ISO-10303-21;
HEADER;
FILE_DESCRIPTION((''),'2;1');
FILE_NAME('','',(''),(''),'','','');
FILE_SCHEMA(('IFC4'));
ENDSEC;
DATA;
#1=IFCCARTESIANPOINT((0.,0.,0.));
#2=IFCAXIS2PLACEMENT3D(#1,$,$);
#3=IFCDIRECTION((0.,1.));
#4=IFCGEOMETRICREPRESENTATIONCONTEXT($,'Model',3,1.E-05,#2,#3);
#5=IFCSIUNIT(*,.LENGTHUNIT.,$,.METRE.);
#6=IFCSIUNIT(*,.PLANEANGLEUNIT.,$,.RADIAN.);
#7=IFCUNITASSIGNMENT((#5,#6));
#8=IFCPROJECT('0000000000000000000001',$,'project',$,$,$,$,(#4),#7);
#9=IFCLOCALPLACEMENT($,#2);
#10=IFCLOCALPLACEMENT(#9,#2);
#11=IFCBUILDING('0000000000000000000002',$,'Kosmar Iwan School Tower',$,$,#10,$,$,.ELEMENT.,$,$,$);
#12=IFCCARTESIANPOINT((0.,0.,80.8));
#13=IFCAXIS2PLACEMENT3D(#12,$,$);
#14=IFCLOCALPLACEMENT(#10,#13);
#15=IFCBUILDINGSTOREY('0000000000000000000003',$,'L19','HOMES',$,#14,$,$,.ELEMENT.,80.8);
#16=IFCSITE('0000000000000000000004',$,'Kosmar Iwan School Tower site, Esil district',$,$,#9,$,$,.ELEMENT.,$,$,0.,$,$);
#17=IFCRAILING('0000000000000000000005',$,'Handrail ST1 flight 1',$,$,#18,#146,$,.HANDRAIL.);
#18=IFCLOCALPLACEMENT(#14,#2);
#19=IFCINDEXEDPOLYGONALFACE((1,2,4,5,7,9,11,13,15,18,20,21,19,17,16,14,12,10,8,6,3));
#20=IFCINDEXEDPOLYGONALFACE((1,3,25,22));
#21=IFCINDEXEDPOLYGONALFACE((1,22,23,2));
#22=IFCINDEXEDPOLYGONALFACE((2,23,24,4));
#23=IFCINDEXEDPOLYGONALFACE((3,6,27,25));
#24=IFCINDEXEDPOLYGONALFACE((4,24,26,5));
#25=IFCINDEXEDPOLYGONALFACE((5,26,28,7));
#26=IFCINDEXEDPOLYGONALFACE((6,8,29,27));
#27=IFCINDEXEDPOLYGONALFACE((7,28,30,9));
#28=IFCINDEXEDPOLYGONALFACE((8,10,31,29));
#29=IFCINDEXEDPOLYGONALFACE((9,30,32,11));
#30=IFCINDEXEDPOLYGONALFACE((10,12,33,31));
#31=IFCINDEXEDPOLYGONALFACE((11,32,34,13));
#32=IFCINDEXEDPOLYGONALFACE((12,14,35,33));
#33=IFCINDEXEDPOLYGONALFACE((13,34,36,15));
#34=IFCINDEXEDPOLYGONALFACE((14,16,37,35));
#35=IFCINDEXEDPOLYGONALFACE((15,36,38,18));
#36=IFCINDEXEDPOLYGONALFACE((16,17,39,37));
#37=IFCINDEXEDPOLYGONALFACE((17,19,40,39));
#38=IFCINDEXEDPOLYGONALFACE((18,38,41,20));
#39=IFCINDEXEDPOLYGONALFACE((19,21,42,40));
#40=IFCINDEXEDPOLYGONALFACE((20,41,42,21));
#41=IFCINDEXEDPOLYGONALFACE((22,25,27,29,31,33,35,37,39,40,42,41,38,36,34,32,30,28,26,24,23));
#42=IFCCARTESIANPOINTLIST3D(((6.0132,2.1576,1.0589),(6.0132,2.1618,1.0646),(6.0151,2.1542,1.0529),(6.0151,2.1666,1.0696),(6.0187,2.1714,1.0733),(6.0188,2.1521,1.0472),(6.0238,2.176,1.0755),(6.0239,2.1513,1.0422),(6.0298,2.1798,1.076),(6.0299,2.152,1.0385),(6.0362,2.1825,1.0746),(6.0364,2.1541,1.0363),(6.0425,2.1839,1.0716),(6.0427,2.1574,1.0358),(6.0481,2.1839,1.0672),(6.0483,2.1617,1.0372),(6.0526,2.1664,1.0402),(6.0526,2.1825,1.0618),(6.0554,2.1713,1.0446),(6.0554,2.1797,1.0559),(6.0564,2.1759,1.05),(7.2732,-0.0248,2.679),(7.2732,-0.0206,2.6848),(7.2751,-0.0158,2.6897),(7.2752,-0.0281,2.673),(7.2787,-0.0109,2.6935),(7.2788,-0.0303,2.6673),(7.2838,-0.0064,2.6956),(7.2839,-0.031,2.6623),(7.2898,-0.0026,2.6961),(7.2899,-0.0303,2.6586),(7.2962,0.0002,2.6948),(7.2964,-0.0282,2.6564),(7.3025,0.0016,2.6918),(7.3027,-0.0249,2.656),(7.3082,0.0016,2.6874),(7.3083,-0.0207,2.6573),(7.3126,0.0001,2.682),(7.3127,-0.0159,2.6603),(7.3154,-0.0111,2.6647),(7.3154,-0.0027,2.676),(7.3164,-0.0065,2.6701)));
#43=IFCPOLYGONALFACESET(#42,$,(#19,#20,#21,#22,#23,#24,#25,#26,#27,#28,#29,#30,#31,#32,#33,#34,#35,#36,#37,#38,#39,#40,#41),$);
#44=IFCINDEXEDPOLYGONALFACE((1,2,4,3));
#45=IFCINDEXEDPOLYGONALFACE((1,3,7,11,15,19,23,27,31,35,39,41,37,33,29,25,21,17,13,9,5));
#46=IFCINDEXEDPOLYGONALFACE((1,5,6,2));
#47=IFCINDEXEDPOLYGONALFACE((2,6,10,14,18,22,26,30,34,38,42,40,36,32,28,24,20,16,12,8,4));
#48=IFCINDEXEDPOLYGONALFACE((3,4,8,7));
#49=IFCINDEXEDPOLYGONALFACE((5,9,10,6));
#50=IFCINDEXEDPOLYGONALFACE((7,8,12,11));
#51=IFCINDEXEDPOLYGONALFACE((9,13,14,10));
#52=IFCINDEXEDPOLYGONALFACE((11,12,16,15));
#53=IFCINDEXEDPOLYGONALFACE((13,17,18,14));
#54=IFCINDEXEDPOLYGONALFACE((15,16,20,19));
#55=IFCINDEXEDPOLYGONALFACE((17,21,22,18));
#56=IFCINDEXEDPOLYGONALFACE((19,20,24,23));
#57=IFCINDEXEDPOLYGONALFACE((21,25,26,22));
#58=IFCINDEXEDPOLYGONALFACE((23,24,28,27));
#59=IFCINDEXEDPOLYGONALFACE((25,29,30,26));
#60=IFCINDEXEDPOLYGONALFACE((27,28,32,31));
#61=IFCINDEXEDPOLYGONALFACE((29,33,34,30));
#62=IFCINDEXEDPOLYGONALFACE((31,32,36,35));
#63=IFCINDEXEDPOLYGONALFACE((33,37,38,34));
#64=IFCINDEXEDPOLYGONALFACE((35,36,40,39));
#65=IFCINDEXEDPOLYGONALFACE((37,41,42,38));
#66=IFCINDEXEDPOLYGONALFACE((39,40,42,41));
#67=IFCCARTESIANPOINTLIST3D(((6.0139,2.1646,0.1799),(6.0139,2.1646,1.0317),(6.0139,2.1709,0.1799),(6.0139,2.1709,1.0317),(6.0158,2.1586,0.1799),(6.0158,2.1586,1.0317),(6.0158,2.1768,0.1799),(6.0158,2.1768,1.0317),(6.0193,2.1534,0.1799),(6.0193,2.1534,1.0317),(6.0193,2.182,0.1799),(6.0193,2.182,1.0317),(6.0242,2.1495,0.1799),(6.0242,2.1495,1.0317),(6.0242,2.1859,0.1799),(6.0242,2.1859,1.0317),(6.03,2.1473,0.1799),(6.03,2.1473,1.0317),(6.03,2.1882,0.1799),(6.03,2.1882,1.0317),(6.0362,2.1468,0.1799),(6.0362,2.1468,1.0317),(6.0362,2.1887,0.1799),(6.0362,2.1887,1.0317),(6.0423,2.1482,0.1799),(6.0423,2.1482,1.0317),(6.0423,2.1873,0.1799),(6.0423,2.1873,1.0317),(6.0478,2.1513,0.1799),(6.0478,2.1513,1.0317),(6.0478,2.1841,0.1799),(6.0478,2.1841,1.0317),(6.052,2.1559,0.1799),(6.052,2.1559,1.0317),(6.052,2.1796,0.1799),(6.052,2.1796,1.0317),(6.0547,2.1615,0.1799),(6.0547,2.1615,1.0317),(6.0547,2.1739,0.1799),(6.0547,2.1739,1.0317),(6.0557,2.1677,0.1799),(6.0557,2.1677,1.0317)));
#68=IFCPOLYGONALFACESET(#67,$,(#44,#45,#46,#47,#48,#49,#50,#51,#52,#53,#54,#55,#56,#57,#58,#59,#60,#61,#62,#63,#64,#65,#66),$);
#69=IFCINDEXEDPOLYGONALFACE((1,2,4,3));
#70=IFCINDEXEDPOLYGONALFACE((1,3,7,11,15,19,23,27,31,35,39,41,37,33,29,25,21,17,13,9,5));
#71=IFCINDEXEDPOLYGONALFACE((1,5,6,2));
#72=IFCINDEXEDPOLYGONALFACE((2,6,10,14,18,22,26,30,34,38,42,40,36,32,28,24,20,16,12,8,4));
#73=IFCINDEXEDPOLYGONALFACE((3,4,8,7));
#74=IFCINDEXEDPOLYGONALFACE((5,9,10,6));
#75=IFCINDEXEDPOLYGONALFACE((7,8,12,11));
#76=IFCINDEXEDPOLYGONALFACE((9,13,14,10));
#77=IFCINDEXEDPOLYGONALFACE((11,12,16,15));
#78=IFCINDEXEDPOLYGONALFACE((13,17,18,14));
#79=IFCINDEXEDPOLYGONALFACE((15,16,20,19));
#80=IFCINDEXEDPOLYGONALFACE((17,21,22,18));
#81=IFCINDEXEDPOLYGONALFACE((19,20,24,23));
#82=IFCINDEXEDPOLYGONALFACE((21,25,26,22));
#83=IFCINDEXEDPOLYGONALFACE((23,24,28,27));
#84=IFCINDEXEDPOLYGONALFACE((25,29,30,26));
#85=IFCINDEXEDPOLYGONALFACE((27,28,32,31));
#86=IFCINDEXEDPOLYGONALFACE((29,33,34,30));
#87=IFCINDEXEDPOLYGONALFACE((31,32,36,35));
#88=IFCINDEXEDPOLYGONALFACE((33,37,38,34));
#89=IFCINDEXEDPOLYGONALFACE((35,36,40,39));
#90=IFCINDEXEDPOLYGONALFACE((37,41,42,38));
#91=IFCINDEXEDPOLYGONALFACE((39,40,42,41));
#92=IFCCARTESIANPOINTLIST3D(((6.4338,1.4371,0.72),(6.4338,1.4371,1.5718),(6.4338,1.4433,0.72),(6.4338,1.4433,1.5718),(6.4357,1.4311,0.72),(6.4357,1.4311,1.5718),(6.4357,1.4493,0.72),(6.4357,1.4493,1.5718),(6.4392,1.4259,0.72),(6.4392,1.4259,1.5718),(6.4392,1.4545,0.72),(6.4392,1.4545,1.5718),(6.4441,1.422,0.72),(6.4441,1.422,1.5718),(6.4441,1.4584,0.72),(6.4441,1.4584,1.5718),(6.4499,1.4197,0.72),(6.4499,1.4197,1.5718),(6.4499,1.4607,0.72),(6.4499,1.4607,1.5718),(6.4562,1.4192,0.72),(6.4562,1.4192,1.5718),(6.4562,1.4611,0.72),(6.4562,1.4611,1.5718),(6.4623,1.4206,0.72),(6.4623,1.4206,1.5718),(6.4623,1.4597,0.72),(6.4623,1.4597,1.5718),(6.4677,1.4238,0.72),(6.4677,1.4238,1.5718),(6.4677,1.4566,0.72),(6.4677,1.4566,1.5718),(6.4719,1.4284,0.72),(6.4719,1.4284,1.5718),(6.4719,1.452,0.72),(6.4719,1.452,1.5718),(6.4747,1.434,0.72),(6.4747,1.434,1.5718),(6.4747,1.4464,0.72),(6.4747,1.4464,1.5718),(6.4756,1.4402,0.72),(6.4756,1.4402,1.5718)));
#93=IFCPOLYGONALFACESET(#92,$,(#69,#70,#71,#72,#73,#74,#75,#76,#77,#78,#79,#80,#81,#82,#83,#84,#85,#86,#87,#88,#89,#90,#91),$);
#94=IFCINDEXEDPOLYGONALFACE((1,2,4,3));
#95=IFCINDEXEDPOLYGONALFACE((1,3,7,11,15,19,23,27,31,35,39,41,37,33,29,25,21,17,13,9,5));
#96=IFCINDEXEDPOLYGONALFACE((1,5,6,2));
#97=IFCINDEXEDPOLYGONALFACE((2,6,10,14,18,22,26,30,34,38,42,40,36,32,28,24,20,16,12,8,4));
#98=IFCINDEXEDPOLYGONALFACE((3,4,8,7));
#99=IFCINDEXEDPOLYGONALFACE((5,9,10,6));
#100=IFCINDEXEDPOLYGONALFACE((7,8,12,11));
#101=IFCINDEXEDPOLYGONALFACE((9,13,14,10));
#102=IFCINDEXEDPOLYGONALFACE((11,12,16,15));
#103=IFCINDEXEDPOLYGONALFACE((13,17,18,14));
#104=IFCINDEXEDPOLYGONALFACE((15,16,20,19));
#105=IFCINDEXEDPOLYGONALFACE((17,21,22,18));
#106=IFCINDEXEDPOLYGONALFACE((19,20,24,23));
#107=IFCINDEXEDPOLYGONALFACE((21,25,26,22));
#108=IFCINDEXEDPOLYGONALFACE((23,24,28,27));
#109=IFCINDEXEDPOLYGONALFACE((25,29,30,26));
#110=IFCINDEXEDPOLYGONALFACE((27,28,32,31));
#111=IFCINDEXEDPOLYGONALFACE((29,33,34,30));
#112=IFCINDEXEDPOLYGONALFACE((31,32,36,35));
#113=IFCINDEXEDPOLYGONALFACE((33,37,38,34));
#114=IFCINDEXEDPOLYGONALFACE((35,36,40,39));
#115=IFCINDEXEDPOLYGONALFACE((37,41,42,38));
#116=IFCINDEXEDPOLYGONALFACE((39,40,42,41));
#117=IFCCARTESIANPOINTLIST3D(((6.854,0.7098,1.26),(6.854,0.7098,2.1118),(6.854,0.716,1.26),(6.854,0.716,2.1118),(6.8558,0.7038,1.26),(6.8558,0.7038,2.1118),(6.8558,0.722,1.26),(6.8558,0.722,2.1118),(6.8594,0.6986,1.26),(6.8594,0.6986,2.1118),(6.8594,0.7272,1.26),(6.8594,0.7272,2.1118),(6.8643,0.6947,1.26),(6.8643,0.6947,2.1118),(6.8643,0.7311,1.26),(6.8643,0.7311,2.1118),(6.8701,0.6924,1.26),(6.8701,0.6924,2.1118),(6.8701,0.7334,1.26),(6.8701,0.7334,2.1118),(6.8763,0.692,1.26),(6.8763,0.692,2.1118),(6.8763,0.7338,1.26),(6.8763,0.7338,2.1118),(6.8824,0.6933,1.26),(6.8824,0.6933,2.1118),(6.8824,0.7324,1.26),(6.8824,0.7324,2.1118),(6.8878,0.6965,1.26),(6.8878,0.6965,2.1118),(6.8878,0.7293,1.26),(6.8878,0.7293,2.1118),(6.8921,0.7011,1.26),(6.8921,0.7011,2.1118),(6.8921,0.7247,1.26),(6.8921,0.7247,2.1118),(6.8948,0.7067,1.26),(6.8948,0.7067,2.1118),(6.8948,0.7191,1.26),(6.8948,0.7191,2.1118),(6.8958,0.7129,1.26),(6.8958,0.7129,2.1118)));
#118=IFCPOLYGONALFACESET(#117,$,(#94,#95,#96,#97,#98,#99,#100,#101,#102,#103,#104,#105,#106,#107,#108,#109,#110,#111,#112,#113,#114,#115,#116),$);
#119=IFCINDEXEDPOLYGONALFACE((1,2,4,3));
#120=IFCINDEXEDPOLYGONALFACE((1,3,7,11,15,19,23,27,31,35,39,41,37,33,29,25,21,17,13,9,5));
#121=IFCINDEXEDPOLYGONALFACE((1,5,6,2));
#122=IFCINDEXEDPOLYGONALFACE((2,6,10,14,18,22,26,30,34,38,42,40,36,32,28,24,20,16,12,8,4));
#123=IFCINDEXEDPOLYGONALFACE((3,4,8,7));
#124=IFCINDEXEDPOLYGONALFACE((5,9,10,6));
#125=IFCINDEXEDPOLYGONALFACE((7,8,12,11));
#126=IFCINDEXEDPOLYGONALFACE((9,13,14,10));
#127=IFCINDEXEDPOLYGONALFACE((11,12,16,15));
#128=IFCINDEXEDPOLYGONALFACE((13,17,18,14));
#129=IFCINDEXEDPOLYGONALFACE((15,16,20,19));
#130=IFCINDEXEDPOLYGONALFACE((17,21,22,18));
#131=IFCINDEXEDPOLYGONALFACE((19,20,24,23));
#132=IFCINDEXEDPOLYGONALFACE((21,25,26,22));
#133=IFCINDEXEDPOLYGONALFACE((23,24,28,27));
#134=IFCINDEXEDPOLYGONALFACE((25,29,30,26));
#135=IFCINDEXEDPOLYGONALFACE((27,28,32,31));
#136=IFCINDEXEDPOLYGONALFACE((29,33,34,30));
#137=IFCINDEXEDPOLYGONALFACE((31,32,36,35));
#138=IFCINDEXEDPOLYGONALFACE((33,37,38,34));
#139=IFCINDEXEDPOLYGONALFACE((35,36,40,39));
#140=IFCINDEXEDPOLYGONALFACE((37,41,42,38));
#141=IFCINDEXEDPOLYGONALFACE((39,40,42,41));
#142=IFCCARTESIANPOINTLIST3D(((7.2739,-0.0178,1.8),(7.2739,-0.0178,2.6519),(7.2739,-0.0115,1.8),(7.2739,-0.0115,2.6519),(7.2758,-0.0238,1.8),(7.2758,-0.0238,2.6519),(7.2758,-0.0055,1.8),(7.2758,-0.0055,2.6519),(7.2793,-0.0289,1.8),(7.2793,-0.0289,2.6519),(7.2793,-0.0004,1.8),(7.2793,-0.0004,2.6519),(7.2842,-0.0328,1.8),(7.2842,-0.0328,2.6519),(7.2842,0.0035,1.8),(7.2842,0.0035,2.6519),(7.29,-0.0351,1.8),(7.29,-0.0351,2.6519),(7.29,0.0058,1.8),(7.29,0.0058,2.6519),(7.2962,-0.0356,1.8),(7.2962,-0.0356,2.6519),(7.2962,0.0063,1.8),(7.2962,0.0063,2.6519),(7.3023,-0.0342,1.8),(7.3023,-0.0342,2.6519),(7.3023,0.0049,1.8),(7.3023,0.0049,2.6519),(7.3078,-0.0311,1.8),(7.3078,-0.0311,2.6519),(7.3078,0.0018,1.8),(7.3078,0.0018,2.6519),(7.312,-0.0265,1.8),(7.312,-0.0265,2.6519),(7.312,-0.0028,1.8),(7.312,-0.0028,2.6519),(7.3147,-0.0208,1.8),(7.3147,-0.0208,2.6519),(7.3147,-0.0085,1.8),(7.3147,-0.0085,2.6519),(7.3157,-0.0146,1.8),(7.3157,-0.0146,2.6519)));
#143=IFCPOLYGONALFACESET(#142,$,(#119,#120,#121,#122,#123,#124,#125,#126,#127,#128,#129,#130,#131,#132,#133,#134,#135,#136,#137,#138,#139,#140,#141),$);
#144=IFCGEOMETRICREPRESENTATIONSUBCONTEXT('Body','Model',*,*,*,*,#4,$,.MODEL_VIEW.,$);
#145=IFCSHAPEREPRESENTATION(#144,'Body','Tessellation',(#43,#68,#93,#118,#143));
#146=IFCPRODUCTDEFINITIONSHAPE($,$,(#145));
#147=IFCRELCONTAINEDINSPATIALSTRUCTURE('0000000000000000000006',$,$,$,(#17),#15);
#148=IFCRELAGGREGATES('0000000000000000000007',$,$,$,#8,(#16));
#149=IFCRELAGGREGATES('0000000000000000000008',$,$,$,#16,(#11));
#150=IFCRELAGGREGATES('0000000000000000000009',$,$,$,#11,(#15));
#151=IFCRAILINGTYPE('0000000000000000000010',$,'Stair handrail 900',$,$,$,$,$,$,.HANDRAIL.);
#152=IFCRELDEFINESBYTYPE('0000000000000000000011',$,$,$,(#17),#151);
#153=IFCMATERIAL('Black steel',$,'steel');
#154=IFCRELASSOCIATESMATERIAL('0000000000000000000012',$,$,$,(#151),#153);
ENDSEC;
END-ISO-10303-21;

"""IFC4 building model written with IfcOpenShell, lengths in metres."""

from ifc_helpers import new_model, si_unit, direction, frame, origin, origin_2d, place, context, subcontext, project, spatial, circle, extrude, material, type_object, element, save


model = new_model("IFC4")

# Units and contexts
model_context = context("Model", 3, precision=1e-05, world=origin(), true_north=direction((0.0, 1.0)))
body_context = subcontext(model_context, "Body", "Model", "MODEL_VIEW")
ifc_project = project(units=[si_unit("LENGTHUNIT", "METRE"), si_unit("PLANEANGLEUNIT", "RADIAN")], contexts=[model_context])

# Site, building, storey
site_placement = place(None, origin())
site = spatial("IfcSite", under=ifc_project, at=site_placement, Name="Kosmar Iwan School Tower site, Esil district", CompositionType="ELEMENT", RefElevation=0.0)
building_placement = place(site_placement, origin())
building = spatial("IfcBuilding", under=site, at=building_placement, Name="Kosmar Iwan School Tower", CompositionType="ELEMENT")
storey_placement = place(building_placement, frame((0.0, 0.0, 80.8)))
storey = spatial("IfcBuildingStorey", under=building, at=storey_placement, Name="L19", Description="HOMES", CompositionType="ELEMENT", Elevation=80.8)

# Railing
ifc_material_1 = material(Name="Black steel", Category="steel")
railing_type = type_object("IfcRailingType", Name="Stair handrail 900", PredefinedType="HANDRAIL", material=ifc_material_1)
railing_placement = place(storey_placement, frame((6.0347, 2.1677, 0.1799)))
element("IfcRailing", 1, at=railing_placement, inside=storey, type_object=railing_type, Name="Handrail ST1 flight 1", PredefinedType="HANDRAIL", context=body_context, shape_type="SweptSolid", body=[
    extrude(circle(Radius=0.0239, at=origin_2d()), frame((0.0, 0.0, 0.876), z_axis=(0.420584, -0.728464, 0.540786), x_axis=(0.866023, 0.500005, 0.0)), (0.0, 0.0, 1.0), 2.9958),
    extrude(circle(Radius=0.021, at=origin_2d()), origin(), (0.0, 0.0, 1.0), 0.8518),
    extrude(circle(Radius=0.021, at=origin_2d()), frame((0.4199, -0.7275, 0.54)), (0.0, 0.0, 1.0), 0.8518),
    extrude(circle(Radius=0.021, at=origin_2d()), frame((0.8401, -1.4548, 1.0801)), (0.0, 0.0, 1.0), 0.8518),
    extrude(circle(Radius=0.021, at=origin_2d()), frame((1.26, -2.1824, 1.6201)), (0.0, 0.0, 1.0), 0.8518),
])

save(model, "model.ifc")
